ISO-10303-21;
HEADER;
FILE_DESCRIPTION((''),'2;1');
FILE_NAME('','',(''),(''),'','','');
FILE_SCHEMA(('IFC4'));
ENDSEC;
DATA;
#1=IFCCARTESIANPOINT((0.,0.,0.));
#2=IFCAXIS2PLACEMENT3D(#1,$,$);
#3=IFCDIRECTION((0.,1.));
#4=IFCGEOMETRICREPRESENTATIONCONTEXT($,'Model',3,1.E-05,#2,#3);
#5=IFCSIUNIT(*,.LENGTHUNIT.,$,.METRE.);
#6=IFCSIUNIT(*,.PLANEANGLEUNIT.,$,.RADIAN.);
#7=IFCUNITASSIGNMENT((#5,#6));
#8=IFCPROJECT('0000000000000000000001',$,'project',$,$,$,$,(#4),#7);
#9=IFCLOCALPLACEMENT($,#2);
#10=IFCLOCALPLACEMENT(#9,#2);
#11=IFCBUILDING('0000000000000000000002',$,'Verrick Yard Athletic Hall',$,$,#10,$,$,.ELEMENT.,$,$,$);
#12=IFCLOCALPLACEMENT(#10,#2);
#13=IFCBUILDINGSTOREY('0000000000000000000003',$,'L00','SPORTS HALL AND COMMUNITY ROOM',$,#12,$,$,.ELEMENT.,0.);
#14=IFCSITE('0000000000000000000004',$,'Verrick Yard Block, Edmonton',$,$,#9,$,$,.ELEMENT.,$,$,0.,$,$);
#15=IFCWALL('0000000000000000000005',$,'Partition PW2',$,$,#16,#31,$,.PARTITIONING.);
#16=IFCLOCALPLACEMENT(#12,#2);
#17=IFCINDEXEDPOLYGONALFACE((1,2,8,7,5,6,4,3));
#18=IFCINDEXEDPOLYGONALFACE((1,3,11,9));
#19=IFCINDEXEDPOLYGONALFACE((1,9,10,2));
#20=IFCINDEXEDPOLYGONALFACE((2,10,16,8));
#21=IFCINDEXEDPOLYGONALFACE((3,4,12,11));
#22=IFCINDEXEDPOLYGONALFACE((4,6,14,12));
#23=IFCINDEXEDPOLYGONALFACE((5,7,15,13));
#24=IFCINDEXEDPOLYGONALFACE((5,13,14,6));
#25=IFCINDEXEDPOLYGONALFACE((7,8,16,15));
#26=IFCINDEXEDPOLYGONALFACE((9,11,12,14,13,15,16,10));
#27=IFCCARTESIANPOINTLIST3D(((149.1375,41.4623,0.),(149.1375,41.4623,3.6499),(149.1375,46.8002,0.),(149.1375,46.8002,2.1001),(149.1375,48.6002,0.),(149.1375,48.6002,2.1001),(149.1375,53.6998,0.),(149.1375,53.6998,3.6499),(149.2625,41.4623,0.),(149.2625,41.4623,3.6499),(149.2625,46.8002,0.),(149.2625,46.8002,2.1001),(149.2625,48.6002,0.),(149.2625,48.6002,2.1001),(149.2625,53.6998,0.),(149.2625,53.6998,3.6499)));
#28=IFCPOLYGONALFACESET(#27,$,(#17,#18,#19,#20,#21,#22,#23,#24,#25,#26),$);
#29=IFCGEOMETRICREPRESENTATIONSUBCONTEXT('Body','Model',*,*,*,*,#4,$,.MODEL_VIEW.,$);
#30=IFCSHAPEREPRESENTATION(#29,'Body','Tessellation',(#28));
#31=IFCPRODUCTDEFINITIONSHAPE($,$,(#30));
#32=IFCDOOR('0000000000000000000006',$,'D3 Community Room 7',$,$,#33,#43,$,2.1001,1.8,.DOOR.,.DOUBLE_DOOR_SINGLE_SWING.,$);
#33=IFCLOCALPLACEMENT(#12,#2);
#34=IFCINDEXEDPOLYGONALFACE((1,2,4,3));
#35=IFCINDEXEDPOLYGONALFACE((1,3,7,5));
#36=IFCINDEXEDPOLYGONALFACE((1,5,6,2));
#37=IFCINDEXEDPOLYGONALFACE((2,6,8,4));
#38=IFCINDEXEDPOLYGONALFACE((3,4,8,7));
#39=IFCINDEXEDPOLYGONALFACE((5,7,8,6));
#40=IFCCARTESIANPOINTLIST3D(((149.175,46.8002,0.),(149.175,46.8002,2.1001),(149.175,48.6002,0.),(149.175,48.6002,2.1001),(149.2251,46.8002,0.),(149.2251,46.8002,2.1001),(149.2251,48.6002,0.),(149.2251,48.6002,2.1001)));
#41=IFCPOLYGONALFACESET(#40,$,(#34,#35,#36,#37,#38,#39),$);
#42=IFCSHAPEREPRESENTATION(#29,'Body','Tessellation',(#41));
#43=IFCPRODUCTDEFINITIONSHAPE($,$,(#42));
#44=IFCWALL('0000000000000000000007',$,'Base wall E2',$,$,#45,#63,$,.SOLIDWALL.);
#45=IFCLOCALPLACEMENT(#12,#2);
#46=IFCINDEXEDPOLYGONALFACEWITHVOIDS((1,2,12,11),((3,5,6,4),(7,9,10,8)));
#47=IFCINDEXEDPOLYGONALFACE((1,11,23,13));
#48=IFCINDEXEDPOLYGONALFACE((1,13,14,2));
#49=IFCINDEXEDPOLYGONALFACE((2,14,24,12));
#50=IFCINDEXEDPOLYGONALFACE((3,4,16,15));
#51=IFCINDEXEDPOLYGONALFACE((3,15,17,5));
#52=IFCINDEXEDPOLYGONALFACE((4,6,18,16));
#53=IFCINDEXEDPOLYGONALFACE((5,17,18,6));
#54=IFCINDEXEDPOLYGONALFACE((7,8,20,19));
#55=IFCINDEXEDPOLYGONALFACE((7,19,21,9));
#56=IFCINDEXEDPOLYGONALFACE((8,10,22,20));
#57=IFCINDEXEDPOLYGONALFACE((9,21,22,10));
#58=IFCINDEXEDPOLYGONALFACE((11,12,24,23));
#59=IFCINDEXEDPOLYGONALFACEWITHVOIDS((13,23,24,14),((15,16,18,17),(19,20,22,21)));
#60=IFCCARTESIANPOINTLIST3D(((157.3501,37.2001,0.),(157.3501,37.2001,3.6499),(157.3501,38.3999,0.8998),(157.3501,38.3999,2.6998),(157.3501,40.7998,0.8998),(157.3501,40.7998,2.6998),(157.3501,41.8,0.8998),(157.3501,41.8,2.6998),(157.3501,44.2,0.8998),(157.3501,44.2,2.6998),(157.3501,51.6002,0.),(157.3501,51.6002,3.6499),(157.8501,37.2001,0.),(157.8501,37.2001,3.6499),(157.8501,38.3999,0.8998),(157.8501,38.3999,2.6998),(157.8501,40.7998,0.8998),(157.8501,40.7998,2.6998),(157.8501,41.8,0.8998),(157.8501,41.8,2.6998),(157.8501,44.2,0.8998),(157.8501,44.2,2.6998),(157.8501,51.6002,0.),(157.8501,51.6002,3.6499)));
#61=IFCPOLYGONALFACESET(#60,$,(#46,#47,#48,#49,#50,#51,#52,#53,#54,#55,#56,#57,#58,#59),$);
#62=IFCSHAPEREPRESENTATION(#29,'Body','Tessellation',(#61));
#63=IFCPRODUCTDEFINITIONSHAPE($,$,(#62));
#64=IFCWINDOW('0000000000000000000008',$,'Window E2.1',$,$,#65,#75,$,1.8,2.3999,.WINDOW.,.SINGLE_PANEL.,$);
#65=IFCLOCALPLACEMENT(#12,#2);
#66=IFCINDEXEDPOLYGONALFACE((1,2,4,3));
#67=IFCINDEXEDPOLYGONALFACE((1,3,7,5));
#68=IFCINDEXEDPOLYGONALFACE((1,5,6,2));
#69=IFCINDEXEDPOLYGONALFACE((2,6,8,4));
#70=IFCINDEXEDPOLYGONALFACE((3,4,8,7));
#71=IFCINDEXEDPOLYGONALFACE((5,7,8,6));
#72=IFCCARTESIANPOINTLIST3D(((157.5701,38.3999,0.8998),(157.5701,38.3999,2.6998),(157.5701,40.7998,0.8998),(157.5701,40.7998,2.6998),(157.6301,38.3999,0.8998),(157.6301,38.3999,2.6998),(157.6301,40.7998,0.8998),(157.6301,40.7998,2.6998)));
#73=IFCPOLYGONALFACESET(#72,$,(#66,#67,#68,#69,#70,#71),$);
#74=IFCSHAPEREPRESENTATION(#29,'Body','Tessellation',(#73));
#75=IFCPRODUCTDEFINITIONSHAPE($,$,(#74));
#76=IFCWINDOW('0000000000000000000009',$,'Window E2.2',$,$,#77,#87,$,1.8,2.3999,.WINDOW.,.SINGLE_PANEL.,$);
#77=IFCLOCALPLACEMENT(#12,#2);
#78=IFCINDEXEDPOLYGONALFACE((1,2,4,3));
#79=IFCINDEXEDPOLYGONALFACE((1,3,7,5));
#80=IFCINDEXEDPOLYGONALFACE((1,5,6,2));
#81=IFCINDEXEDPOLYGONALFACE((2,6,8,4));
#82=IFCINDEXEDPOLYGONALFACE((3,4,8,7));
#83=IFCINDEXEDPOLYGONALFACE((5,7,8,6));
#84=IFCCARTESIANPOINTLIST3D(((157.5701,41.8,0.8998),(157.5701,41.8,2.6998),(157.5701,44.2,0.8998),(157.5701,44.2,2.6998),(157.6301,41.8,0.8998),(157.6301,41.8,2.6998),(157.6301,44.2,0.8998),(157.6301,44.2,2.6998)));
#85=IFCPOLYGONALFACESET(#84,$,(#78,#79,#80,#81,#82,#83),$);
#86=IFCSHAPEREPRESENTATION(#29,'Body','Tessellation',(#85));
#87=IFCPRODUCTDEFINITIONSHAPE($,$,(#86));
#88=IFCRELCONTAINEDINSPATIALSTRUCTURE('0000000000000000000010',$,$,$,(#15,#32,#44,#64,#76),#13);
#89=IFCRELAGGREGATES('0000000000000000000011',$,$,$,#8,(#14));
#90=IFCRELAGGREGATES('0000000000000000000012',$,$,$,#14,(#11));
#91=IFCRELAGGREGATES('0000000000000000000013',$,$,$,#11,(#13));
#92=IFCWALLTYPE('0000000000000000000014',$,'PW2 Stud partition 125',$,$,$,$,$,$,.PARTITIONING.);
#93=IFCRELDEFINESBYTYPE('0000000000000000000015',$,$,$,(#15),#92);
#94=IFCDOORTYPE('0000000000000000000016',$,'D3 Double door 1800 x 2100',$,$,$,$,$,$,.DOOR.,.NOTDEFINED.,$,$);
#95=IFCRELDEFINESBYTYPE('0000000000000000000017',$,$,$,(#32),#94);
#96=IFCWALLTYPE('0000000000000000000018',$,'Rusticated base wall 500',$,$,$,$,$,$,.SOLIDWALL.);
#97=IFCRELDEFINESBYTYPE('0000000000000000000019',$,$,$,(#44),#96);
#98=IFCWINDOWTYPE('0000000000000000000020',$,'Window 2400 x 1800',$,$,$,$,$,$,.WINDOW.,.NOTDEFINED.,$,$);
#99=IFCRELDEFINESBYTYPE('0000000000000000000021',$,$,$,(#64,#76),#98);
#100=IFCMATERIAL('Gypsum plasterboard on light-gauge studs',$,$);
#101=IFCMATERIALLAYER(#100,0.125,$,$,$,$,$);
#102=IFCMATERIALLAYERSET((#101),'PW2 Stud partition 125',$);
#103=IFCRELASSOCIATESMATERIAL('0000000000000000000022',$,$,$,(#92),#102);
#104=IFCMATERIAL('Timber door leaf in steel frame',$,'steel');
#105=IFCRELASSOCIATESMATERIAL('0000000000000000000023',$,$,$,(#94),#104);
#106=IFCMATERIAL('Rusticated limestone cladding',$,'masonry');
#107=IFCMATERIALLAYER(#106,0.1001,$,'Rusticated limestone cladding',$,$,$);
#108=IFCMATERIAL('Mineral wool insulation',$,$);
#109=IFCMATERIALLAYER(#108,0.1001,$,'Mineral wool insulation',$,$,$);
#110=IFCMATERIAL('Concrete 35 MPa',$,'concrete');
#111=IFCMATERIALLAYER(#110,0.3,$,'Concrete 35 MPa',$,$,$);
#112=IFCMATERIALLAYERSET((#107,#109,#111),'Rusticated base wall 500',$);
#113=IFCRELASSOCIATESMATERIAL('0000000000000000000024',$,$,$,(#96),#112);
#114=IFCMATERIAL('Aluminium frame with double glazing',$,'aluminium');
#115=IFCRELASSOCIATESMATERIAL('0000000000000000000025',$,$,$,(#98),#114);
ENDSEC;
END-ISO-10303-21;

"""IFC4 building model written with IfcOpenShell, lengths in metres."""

from ifc_helpers import new_model, si_unit, direction, frame, frame_2d, origin, place, context, subcontext, project, spatial, rectangle, extrude, material, layer, layer_set, type_object, element, fill, save


model = new_model("IFC4")

# Units and contexts
model_context = context("Model", 3, precision=1e-05, world=origin(), true_north=direction((0.0, 1.0)))
body_context = subcontext(model_context, "Body", "Model", "MODEL_VIEW")
ifc_project = project(units=[si_unit("LENGTHUNIT", "METRE"), si_unit("PLANEANGLEUNIT", "RADIAN")], contexts=[model_context])

# Site, building, storey
site_placement = place(None, origin())
site = spatial("IfcSite", under=ifc_project, at=site_placement, Name="Verrick Yard Block, Edmonton", CompositionType="ELEMENT", RefElevation=0.0)
building_placement = place(site_placement, origin())
building = spatial("IfcBuilding", under=site, at=building_placement, Name="Verrick Yard Athletic Hall", CompositionType="ELEMENT")
storey_placement = place(building_placement, origin())
storey = spatial("IfcBuildingStorey", under=building, at=storey_placement, Name="L00", Description="SPORTS HALL AND COMMUNITY ROOM", CompositionType="ELEMENT", Elevation=0.0)

# Shared definitions
ifc_material_1 = material(Name="Concrete 35 MPa", Category="concrete")

# Wall, opening, door
ifc_material_2 = material(Name="Gypsum plasterboard on light-gauge studs")
ifc_layer_1 = layer(ifc_material_2, 0.125)
ifc_layer_set_1 = layer_set([ifc_layer_1], Name="PW2 Stud partition 125")
wall_type_1 = type_object("IfcWallType", Name="PW2 Stud partition 125", PredefinedType="PARTITIONING", material=ifc_layer_set_1)
wall_1_placement = place(storey_placement, frame((149.2, 41.4624, 0.0), z_axis=(0.0, 0.0, 1.0), x_axis=(0.0, 1.0, 0.0)))
wall_1 = element("IfcWall", 1, at=wall_1_placement, inside=storey, type_object=wall_type_1, Name="Partition PW2", PredefinedType="PARTITIONING", context=body_context, shape_type="SweptSolid", body=[
    extrude(rectangle(XDim=12.2375, YDim=0.125, at=frame_2d((6.1187, 0.0))), origin(), (0.0, 0.0, 1.0), 3.6499),
])
opening_1_placement = place(wall_1_placement, frame((5.3379, 0.0, 0.0)))
opening_1 = element("IfcOpeningElement", 2, at=opening_1_placement, cuts=wall_1, PredefinedType="OPENING", context=body_context, shape_type="SweptSolid", body=[
    extrude(rectangle(XDim=1.8, YDim=2.1001, at=frame_2d((0.8999, 1.05))), frame((0.0, 0.0725, 0.0), z_axis=(0.0, -1.0, 0.0), x_axis=(1.0, 0.0, 0.0)), (0.0, 0.0, 1.0), 0.145),
])
ifc_material_3 = material(Name="Timber door leaf in steel frame", Category="steel")
door_type = type_object("IfcDoorType", Name="D3 Double door 1800 x 2100", OperationType="NOTDEFINED", PredefinedType="DOOR", material=ifc_material_3)
door_placement = place(opening_1_placement, origin())
door = element("IfcDoor", 3, at=door_placement, inside=storey, type_object=door_type, Name="D3 Community Room 7", OperationType="DOUBLE_DOOR_SINGLE_SWING", OverallHeight=2.1001, OverallWidth=1.8, PredefinedType="DOOR", context=body_context, shape_type="SweptSolid", body=[
    extrude(rectangle(XDim=1.8, YDim=2.1001, at=frame_2d((0.8999, 1.05))), frame((0.0, 0.0249, 0.0), z_axis=(0.0, -1.0, 0.0), x_axis=(1.0, 0.0, 0.0)), (0.0, 0.0, 1.0), 0.05),
])
fill(opening_1, door)

# Wall, openings, windows
ifc_material_4 = material(Name="Rusticated limestone cladding", Category="masonry")
ifc_layer_2 = layer(ifc_material_4, 0.1001, Name="Rusticated limestone cladding")
ifc_material_5 = material(Name="Mineral wool insulation")
ifc_layer_3 = layer(ifc_material_5, 0.1001, Name="Mineral wool insulation")
ifc_layer_4 = layer(ifc_material_1, 0.3, Name="Concrete 35 MPa")
ifc_layer_set_2 = layer_set([ifc_layer_2, ifc_layer_3, ifc_layer_4], Name="Rusticated base wall 500")
wall_type_2 = type_object("IfcWallType", Name="Rusticated base wall 500", PredefinedType="SOLIDWALL", material=ifc_layer_set_2)
wall_2_placement = place(storey_placement, frame((157.6001, 37.2, 0.0), z_axis=(0.0, 0.0, 1.0), x_axis=(0.0, 1.0, 0.0)))
wall_2 = element("IfcWall", 4, at=wall_2_placement, inside=storey, type_object=wall_type_2, Name="Base wall E2", PredefinedType="SOLIDWALL", context=body_context, shape_type="SweptSolid", body=[
    extrude(rectangle(XDim=14.4001, YDim=0.5, at=frame_2d((7.2002, 0.0))), origin(), (0.0, 0.0, 1.0), 3.6499),
])
opening_2_placement = place(wall_2_placement, frame((1.2, 0.0, 0.8999)))
opening_2 = element("IfcOpeningElement", 5, at=opening_2_placement, cuts=wall_2, PredefinedType="OPENING", context=body_context, shape_type="SweptSolid", body=[
    extrude(rectangle(XDim=2.3999, YDim=1.8, at=frame_2d((1.2, 0.8999))), frame((0.0, 0.26, 0.0), z_axis=(0.0, -1.0, 0.0), x_axis=(1.0, 0.0, 0.0)), (0.0, 0.0, 1.0), 0.52),
])
opening_3_placement = place(wall_2_placement, frame((4.6001, 0.0, 0.8999)))
opening_3 = element("IfcOpeningElement", 6, at=opening_3_placement, cuts=wall_2, PredefinedType="OPENING", context=body_context, shape_type="SweptSolid", body=[
    extrude(rectangle(XDim=2.3999, YDim=1.8, at=frame_2d((1.2, 0.8999))), frame((0.0, 0.26, 0.0), z_axis=(0.0, -1.0, 0.0), x_axis=(1.0, 0.0, 0.0)), (0.0, 0.0, 1.0), 0.52),
])
ifc_material_6 = material(Name="Aluminium frame with double glazing", Category="aluminium")
window_type = type_object("IfcWindowType", Name="Window 2400 x 1800", PartitioningType="NOTDEFINED", PredefinedType="WINDOW", material=ifc_material_6)
window_1_placement = place(opening_2_placement, origin())
window_1 = element("IfcWindow", 7, at=window_1_placement, inside=storey, type_object=window_type, Name="Window E2.1", OverallHeight=1.8, OverallWidth=2.3999, PartitioningType="SINGLE_PANEL", PredefinedType="WINDOW", context=body_context, shape_type="SweptSolid", body=[
    extrude(rectangle(XDim=2.3999, YDim=1.8, at=frame_2d((1.2, 0.8999))), frame((0.0, 0.03, 0.0), z_axis=(0.0, -1.0, 0.0), x_axis=(1.0, 0.0, 0.0)), (0.0, 0.0, 1.0), 0.0601),
])
fill(opening_2, window_1)
window_2_placement = place(opening_3_placement, origin())
window_2 = element("IfcWindow", 8, at=window_2_placement, inside=storey, type_object=window_type, Name="Window E2.2", OverallHeight=1.8, OverallWidth=2.3999, PartitioningType="SINGLE_PANEL", PredefinedType="WINDOW", context=body_context, shape_type="SweptSolid", body=[
    extrude(rectangle(XDim=2.3999, YDim=1.8, at=frame_2d((1.2, 0.8999))), frame((0.0, 0.03, 0.0), z_axis=(0.0, -1.0, 0.0), x_axis=(1.0, 0.0, 0.0)), (0.0, 0.0, 1.0), 0.0601),
])
fill(opening_3, window_2)

save(model, "model.ifc")
